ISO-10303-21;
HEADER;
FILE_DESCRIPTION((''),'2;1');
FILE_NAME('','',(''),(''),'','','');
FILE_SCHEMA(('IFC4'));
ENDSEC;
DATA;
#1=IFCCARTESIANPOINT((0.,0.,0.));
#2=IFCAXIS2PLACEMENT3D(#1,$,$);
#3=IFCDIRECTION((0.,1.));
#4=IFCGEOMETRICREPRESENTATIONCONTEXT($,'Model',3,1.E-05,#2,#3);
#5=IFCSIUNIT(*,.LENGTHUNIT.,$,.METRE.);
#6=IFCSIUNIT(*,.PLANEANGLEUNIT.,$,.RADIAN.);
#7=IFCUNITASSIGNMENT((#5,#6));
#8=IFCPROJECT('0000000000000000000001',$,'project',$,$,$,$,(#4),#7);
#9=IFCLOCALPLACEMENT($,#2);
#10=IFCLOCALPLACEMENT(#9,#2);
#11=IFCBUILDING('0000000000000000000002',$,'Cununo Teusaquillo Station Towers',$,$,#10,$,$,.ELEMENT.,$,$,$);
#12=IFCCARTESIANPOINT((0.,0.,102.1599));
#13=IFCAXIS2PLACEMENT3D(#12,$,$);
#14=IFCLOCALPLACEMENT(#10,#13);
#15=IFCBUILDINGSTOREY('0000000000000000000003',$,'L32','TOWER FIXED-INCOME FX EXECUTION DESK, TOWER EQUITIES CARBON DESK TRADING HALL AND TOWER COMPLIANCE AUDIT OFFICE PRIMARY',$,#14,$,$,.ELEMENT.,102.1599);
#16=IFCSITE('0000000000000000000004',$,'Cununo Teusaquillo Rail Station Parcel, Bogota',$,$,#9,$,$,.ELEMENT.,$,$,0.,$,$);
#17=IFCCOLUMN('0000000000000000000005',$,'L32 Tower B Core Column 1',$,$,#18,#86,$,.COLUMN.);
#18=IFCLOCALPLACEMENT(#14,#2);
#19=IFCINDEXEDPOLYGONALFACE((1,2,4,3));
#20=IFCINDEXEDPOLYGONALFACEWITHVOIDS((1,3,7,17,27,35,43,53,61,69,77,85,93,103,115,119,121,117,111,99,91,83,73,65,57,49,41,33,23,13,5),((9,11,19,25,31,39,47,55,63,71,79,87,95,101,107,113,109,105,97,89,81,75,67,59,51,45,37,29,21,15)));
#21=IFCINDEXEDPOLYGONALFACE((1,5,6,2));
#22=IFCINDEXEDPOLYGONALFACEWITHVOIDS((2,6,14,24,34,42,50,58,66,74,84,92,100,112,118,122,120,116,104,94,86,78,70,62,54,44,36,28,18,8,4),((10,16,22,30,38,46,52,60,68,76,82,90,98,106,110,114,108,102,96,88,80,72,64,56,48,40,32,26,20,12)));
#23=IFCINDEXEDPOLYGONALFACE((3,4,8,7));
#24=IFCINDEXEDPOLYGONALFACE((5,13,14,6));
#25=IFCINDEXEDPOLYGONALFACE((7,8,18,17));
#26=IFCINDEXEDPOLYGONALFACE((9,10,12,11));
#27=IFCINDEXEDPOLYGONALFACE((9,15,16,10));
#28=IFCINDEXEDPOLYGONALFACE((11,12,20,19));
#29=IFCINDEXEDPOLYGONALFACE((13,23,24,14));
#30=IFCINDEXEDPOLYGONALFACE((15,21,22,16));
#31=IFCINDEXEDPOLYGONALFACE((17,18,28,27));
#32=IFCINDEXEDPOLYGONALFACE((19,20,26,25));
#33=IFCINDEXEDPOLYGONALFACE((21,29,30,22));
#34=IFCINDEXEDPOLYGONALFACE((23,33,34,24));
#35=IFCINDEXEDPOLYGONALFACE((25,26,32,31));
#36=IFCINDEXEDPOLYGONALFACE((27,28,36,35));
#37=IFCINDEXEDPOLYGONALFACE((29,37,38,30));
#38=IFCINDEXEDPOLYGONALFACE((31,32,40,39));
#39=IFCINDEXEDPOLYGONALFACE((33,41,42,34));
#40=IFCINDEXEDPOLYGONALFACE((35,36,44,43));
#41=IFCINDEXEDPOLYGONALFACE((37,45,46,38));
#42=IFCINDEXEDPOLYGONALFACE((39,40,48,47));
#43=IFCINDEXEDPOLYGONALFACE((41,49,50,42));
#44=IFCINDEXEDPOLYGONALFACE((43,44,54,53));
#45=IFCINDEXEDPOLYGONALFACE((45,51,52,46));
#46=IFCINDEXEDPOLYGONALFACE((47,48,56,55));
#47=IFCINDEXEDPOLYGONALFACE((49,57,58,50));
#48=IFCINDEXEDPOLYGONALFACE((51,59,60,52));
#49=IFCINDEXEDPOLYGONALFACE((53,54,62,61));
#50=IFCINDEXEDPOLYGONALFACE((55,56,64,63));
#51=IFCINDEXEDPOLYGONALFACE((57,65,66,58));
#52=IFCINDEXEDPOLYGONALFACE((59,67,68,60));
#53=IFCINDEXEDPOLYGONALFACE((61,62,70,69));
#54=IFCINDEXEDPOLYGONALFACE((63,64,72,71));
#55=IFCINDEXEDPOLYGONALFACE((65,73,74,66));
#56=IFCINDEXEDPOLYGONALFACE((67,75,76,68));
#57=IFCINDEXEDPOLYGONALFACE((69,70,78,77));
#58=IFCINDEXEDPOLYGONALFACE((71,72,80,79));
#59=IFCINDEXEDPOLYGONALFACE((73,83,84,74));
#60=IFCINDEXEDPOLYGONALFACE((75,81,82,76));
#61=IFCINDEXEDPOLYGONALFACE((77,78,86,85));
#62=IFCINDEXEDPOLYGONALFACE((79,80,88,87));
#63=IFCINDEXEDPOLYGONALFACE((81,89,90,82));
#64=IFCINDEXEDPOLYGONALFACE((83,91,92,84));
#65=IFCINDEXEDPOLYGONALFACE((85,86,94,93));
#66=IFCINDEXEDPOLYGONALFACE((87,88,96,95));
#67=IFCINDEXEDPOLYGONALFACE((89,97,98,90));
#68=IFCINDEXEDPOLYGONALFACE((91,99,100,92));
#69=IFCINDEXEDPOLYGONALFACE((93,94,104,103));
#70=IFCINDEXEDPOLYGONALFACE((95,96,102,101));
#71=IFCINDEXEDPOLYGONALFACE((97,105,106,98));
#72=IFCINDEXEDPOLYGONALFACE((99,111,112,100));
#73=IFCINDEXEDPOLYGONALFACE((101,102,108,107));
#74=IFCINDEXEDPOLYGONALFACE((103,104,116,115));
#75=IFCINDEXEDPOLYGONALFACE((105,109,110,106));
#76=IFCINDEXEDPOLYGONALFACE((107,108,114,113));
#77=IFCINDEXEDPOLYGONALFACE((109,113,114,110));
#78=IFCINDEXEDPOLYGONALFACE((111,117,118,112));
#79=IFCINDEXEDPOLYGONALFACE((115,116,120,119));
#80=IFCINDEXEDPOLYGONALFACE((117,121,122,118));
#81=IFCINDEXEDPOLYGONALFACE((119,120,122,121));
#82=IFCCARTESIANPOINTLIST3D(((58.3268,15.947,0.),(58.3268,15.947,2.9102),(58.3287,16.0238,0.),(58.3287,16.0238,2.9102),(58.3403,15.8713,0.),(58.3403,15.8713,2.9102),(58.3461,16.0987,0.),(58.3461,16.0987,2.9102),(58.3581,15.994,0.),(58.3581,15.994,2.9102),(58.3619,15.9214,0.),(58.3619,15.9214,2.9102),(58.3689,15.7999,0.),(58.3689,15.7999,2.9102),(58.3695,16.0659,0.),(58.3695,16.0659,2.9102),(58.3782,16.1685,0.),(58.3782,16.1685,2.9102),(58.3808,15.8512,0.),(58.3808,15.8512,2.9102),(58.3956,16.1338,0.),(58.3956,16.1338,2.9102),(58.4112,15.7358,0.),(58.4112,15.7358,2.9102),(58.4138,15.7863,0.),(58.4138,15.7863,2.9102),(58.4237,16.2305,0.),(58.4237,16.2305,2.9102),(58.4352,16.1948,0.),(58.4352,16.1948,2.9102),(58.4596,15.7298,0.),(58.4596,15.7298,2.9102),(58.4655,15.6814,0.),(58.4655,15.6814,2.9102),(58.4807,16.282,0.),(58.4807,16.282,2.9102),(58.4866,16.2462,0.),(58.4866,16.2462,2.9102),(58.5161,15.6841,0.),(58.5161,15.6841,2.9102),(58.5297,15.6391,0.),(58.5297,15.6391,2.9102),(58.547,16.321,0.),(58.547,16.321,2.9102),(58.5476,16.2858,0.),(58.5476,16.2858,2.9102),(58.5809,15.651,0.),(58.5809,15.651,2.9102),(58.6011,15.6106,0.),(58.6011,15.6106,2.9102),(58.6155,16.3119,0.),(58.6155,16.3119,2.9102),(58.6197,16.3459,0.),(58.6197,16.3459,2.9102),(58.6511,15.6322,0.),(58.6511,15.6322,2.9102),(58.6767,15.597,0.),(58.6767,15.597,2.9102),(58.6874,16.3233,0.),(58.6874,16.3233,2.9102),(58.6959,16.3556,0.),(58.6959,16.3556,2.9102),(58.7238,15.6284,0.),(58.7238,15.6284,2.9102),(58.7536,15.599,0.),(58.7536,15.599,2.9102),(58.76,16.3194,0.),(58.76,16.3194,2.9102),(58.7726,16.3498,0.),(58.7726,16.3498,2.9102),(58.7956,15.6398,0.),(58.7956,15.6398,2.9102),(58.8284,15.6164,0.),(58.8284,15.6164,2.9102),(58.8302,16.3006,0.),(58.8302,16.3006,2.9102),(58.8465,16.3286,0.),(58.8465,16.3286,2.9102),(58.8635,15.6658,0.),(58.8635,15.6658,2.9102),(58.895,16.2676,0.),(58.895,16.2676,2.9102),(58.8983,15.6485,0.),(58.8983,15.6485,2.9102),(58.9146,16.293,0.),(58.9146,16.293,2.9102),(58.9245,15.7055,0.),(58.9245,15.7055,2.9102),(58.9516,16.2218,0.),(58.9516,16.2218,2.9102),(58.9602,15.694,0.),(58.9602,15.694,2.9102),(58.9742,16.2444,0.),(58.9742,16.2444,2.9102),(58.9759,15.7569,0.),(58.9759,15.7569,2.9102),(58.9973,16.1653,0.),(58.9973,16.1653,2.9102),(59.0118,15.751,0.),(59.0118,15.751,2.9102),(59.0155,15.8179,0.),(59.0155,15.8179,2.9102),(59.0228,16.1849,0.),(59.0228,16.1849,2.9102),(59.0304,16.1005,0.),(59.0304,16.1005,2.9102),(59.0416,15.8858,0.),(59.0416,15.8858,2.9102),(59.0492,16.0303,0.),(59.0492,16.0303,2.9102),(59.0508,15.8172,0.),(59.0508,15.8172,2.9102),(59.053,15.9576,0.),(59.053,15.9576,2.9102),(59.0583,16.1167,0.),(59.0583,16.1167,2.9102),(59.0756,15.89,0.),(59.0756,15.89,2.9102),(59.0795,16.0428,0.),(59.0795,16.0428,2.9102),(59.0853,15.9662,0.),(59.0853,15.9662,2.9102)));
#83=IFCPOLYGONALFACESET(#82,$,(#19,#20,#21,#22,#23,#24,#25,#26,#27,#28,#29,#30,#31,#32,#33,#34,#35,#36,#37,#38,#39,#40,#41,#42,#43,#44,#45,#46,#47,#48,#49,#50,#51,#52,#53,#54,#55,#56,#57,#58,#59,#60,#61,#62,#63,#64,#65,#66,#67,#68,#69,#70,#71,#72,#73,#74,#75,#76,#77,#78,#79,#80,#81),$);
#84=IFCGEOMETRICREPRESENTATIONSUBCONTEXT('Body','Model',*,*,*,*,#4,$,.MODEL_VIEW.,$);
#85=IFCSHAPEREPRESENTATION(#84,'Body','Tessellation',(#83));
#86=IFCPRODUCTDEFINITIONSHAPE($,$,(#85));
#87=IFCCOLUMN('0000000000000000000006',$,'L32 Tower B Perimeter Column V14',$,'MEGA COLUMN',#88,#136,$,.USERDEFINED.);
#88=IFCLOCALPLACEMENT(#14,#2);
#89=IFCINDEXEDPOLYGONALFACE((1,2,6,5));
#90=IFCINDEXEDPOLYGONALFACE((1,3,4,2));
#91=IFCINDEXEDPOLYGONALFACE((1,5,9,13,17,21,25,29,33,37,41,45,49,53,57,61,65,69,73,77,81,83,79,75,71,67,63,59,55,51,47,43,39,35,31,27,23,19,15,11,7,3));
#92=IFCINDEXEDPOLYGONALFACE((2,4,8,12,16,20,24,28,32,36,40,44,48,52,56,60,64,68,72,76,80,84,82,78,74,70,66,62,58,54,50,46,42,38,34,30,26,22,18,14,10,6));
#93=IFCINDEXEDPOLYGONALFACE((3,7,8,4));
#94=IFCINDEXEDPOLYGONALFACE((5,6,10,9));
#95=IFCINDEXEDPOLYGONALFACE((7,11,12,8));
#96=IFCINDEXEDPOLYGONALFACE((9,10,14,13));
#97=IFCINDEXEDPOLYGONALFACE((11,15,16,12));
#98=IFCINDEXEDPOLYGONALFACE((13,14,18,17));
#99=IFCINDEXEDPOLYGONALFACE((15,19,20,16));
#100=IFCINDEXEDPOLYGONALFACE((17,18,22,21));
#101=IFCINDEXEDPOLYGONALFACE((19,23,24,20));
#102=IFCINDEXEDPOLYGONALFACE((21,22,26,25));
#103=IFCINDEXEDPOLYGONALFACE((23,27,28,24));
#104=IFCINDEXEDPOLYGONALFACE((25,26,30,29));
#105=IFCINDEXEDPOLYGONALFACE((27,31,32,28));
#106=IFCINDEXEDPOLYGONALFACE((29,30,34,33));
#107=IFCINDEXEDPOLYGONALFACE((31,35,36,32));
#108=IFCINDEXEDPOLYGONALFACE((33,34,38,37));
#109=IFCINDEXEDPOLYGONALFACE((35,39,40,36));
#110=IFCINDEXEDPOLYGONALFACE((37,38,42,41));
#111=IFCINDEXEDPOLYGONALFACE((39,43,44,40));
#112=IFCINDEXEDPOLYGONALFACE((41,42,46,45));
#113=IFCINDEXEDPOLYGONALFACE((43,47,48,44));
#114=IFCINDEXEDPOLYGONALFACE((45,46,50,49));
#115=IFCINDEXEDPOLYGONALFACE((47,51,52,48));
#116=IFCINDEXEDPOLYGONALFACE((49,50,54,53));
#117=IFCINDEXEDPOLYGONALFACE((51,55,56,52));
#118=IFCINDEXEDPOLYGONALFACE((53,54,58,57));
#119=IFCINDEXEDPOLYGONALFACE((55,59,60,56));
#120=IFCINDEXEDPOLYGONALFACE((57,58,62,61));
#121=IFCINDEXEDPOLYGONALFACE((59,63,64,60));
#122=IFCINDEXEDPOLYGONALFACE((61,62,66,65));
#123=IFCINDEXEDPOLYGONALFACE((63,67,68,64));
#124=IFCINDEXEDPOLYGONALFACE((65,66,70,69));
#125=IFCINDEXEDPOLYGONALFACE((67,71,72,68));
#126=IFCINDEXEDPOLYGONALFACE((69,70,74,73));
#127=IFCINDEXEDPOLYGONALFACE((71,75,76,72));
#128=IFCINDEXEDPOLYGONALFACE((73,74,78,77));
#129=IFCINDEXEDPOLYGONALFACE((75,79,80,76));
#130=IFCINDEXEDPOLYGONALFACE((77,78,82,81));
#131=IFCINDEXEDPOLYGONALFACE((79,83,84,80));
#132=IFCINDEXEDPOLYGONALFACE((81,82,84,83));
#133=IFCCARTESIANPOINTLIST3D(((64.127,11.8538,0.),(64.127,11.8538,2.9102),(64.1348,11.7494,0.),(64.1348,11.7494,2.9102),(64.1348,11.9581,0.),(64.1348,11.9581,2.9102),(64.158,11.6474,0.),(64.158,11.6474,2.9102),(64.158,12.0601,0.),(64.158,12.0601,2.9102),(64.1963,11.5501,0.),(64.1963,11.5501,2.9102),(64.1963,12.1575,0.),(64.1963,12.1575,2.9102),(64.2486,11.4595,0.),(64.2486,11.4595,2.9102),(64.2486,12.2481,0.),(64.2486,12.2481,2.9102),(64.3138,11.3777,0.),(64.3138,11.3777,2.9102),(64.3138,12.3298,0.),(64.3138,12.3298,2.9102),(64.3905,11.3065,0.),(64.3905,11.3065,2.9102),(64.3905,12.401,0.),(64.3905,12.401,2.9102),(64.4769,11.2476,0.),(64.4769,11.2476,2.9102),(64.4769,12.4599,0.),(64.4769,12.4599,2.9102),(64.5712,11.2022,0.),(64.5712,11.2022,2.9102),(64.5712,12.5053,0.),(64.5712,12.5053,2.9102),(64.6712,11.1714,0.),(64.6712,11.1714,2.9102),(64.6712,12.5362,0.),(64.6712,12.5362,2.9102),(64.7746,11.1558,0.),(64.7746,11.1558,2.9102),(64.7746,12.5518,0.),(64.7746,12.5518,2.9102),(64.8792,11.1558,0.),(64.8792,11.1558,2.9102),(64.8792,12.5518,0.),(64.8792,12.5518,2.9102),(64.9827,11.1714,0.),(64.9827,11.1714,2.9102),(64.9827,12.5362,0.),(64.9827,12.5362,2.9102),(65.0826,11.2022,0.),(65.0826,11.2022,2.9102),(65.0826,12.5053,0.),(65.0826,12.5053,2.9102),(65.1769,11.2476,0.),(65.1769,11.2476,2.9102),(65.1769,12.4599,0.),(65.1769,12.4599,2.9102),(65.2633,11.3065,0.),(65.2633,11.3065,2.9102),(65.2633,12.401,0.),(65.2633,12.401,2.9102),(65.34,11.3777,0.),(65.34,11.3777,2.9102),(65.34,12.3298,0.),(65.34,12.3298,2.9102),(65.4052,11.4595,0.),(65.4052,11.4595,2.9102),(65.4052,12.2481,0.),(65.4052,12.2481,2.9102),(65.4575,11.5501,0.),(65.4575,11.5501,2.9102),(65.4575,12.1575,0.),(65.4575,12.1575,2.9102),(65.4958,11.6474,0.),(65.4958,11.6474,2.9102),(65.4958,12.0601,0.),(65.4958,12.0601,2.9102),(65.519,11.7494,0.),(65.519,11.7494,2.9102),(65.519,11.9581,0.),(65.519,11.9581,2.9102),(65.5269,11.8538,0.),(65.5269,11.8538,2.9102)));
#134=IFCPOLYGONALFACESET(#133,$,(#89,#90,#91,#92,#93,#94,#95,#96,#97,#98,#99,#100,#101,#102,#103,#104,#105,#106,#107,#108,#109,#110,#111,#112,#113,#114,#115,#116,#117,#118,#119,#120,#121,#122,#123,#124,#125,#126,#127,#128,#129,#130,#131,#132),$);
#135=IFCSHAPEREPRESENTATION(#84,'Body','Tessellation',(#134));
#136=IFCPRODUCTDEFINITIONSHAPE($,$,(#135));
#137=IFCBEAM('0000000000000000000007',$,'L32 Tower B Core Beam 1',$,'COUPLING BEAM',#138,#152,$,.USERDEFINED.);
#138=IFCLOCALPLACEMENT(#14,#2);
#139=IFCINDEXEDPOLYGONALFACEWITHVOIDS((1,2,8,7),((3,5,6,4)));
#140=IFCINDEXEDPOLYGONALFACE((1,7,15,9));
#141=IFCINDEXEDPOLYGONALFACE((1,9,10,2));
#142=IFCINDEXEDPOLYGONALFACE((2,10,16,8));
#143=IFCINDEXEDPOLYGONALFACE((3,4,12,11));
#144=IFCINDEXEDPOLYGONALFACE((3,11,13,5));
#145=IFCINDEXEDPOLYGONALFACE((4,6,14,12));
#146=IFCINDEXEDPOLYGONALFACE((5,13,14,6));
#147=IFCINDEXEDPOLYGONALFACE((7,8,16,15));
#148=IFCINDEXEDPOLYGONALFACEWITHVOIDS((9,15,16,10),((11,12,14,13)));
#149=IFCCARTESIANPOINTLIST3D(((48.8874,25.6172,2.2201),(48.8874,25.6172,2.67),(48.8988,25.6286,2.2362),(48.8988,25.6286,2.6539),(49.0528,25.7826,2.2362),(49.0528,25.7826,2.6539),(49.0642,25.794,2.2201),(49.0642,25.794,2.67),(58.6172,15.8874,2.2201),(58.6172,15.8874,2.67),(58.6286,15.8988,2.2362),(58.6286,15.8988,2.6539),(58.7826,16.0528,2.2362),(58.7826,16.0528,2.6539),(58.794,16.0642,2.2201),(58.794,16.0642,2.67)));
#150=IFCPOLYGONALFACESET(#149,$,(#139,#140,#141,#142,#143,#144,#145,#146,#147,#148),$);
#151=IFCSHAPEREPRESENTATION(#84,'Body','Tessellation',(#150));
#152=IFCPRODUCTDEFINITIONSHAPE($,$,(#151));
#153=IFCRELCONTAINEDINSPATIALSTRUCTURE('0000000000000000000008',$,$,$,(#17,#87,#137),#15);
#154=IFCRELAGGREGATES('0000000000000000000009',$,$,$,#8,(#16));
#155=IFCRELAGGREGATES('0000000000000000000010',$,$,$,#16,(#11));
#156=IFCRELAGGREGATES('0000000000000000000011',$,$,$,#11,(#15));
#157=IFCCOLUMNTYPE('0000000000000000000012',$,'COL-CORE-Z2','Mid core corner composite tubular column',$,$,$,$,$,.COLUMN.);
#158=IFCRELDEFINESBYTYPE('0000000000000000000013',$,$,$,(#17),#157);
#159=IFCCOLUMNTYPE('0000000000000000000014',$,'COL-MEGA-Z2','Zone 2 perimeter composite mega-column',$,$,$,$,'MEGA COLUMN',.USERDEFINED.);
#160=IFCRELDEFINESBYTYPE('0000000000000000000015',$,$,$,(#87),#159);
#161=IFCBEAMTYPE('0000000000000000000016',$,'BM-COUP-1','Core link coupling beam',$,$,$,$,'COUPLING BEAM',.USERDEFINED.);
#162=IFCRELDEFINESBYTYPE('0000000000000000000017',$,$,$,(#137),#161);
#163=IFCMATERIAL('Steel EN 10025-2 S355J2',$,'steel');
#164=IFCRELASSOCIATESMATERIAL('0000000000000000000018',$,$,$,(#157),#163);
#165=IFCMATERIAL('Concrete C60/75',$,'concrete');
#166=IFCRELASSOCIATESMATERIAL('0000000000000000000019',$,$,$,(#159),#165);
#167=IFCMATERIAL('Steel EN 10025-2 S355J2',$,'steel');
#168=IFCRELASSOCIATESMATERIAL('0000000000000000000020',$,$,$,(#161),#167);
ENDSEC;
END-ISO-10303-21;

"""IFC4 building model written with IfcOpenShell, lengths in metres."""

from ifc_helpers import new_model, si_unit, direction, frame, origin, origin_2d, place, context, subcontext, project, spatial, hollow_rectangle, circle, hollow_circle, extrude, material, material_profile, profile_set, type_object, element, save


model = new_model("IFC4")

# Units and contexts
model_context = context("Model", 3, precision=1e-05, world=origin(), true_north=direction((0.0, 1.0)))
body_context = subcontext(model_context, "Body", "Model", "MODEL_VIEW")
ifc_project = project(units=[si_unit("LENGTHUNIT", "METRE"), si_unit("PLANEANGLEUNIT", "RADIAN")], contexts=[model_context])

# Site, building, storey
site_placement = place(None, origin())
site = spatial("IfcSite", under=ifc_project, at=site_placement, Name="Cununo Teusaquillo Rail Station Parcel, Bogota", CompositionType="ELEMENT", RefElevation=0.0)
building_placement = place(site_placement, origin())
building = spatial("IfcBuilding", under=site, at=building_placement, Name="Cununo Teusaquillo Station Towers", CompositionType="ELEMENT")
storey_placement = place(building_placement, frame((0.0, 0.0, 102.1599)))
storey = spatial("IfcBuildingStorey", under=building, at=storey_placement, Name="L32", Description="TOWER FIXED-INCOME FX EXECUTION DESK, TOWER EQUITIES CARBON DESK TRADING HALL AND TOWER COMPLIANCE AUDIT OFFICE PRIMARY", CompositionType="ELEMENT", Elevation=102.1599)

# Columns
ifc_material_1 = material(Name="Steel EN 10025-2 S355J2", Category="steel")
ifc_material_profile_1 = material_profile(ifc_material_1, hollow_circle(Radius=0.3799, WallThickness=0.032, at=origin_2d()), Name="CHS 760x32")
ifc_profile_set_1 = profile_set([ifc_material_profile_1], Name="Steel EN 10025-2 S355J2")
column_type_1 = type_object("IfcColumnType", Name="COL-CORE-Z2", Description="Mid core corner composite tubular column", PredefinedType="COLUMN", material=ifc_profile_set_1)
column_1_placement = place(storey_placement, frame((58.7056, 15.9758, 0.0), z_axis=(0.0, 0.0, 1.0), x_axis=(0.707107, 0.707107, 0.0)))
element("IfcColumn", 1, at=column_1_placement, inside=storey, type_object=column_type_1, Name="L32 Tower B Core Column 1", PredefinedType="COLUMN", context=body_context, shape_type="SweptSolid", body=[
    extrude(hollow_circle(Radius=0.3799, WallThickness=0.032, at=origin_2d()), origin(), (0.0, 0.0, 1.0), 2.9102),
])
ifc_material_2 = material(Name="Concrete C60/75", Category="concrete")
ifc_material_profile_2 = material_profile(ifc_material_2, circle(Radius=0.7, at=origin_2d()), Name="RC-CIRC-1400")
ifc_profile_set_2 = profile_set([ifc_material_profile_2], Name="Concrete C60/75")
column_type_2 = type_object("IfcColumnType", Name="COL-MEGA-Z2", Description="Zone 2 perimeter composite mega-column", ElementType="MEGA COLUMN", PredefinedType="USERDEFINED", material=ifc_profile_set_2)
column_2_placement = place(storey_placement, frame((64.8269, 11.8538, 0.0), z_axis=(0.0, 0.0, 1.0), x_axis=(1.0, 0.0, 0.0)))
element("IfcColumn", 2, at=column_2_placement, inside=storey, type_object=column_type_2, Name="L32 Tower B Perimeter Column V14", ObjectType="MEGA COLUMN", PredefinedType="USERDEFINED", context=body_context, shape_type="SweptSolid", body=[
    extrude(circle(Radius=0.7, at=origin_2d()), origin(), (0.0, 0.0, 1.0), 2.9102),
])

# Beam
ifc_material_3 = material(Name="Steel EN 10025-2 S355J2", Category="steel")
ifc_material_profile_3 = material_profile(ifc_material_3, hollow_rectangle(XDim=0.25, YDim=0.45, WallThickness=0.0161, at=origin_2d()), Name="RHS 450x250x16")
ifc_profile_set_3 = profile_set([ifc_material_profile_3], Name="Steel EN 10025-2 S355J2")
beam_type_1 = type_object("IfcBeamType", Name="BM-COUP-1", Description="Core link coupling beam", ElementType="COUPLING BEAM", PredefinedType="USERDEFINED", material=ifc_profile_set_3)
beam_1_placement = place(storey_placement, frame((58.7056, 15.9758, 2.4451), z_axis=(-0.707107, 0.707107, 0.0), x_axis=(-0.707107, -0.707107, 0.0)))
element("IfcBeam", 3, at=beam_1_placement, inside=storey, type_object=beam_type_1, Name="L32 Tower B Core Beam 1", ObjectType="COUPLING BEAM", PredefinedType="USERDEFINED", context=body_context, shape_type="SweptSolid", body=[
    extrude(hollow_rectangle(XDim=0.25, YDim=0.45, WallThickness=0.0161, at=origin_2d()), origin(), (0.0, 0.0, 1.0), 13.76),
])

save(model, "model.ifc")
